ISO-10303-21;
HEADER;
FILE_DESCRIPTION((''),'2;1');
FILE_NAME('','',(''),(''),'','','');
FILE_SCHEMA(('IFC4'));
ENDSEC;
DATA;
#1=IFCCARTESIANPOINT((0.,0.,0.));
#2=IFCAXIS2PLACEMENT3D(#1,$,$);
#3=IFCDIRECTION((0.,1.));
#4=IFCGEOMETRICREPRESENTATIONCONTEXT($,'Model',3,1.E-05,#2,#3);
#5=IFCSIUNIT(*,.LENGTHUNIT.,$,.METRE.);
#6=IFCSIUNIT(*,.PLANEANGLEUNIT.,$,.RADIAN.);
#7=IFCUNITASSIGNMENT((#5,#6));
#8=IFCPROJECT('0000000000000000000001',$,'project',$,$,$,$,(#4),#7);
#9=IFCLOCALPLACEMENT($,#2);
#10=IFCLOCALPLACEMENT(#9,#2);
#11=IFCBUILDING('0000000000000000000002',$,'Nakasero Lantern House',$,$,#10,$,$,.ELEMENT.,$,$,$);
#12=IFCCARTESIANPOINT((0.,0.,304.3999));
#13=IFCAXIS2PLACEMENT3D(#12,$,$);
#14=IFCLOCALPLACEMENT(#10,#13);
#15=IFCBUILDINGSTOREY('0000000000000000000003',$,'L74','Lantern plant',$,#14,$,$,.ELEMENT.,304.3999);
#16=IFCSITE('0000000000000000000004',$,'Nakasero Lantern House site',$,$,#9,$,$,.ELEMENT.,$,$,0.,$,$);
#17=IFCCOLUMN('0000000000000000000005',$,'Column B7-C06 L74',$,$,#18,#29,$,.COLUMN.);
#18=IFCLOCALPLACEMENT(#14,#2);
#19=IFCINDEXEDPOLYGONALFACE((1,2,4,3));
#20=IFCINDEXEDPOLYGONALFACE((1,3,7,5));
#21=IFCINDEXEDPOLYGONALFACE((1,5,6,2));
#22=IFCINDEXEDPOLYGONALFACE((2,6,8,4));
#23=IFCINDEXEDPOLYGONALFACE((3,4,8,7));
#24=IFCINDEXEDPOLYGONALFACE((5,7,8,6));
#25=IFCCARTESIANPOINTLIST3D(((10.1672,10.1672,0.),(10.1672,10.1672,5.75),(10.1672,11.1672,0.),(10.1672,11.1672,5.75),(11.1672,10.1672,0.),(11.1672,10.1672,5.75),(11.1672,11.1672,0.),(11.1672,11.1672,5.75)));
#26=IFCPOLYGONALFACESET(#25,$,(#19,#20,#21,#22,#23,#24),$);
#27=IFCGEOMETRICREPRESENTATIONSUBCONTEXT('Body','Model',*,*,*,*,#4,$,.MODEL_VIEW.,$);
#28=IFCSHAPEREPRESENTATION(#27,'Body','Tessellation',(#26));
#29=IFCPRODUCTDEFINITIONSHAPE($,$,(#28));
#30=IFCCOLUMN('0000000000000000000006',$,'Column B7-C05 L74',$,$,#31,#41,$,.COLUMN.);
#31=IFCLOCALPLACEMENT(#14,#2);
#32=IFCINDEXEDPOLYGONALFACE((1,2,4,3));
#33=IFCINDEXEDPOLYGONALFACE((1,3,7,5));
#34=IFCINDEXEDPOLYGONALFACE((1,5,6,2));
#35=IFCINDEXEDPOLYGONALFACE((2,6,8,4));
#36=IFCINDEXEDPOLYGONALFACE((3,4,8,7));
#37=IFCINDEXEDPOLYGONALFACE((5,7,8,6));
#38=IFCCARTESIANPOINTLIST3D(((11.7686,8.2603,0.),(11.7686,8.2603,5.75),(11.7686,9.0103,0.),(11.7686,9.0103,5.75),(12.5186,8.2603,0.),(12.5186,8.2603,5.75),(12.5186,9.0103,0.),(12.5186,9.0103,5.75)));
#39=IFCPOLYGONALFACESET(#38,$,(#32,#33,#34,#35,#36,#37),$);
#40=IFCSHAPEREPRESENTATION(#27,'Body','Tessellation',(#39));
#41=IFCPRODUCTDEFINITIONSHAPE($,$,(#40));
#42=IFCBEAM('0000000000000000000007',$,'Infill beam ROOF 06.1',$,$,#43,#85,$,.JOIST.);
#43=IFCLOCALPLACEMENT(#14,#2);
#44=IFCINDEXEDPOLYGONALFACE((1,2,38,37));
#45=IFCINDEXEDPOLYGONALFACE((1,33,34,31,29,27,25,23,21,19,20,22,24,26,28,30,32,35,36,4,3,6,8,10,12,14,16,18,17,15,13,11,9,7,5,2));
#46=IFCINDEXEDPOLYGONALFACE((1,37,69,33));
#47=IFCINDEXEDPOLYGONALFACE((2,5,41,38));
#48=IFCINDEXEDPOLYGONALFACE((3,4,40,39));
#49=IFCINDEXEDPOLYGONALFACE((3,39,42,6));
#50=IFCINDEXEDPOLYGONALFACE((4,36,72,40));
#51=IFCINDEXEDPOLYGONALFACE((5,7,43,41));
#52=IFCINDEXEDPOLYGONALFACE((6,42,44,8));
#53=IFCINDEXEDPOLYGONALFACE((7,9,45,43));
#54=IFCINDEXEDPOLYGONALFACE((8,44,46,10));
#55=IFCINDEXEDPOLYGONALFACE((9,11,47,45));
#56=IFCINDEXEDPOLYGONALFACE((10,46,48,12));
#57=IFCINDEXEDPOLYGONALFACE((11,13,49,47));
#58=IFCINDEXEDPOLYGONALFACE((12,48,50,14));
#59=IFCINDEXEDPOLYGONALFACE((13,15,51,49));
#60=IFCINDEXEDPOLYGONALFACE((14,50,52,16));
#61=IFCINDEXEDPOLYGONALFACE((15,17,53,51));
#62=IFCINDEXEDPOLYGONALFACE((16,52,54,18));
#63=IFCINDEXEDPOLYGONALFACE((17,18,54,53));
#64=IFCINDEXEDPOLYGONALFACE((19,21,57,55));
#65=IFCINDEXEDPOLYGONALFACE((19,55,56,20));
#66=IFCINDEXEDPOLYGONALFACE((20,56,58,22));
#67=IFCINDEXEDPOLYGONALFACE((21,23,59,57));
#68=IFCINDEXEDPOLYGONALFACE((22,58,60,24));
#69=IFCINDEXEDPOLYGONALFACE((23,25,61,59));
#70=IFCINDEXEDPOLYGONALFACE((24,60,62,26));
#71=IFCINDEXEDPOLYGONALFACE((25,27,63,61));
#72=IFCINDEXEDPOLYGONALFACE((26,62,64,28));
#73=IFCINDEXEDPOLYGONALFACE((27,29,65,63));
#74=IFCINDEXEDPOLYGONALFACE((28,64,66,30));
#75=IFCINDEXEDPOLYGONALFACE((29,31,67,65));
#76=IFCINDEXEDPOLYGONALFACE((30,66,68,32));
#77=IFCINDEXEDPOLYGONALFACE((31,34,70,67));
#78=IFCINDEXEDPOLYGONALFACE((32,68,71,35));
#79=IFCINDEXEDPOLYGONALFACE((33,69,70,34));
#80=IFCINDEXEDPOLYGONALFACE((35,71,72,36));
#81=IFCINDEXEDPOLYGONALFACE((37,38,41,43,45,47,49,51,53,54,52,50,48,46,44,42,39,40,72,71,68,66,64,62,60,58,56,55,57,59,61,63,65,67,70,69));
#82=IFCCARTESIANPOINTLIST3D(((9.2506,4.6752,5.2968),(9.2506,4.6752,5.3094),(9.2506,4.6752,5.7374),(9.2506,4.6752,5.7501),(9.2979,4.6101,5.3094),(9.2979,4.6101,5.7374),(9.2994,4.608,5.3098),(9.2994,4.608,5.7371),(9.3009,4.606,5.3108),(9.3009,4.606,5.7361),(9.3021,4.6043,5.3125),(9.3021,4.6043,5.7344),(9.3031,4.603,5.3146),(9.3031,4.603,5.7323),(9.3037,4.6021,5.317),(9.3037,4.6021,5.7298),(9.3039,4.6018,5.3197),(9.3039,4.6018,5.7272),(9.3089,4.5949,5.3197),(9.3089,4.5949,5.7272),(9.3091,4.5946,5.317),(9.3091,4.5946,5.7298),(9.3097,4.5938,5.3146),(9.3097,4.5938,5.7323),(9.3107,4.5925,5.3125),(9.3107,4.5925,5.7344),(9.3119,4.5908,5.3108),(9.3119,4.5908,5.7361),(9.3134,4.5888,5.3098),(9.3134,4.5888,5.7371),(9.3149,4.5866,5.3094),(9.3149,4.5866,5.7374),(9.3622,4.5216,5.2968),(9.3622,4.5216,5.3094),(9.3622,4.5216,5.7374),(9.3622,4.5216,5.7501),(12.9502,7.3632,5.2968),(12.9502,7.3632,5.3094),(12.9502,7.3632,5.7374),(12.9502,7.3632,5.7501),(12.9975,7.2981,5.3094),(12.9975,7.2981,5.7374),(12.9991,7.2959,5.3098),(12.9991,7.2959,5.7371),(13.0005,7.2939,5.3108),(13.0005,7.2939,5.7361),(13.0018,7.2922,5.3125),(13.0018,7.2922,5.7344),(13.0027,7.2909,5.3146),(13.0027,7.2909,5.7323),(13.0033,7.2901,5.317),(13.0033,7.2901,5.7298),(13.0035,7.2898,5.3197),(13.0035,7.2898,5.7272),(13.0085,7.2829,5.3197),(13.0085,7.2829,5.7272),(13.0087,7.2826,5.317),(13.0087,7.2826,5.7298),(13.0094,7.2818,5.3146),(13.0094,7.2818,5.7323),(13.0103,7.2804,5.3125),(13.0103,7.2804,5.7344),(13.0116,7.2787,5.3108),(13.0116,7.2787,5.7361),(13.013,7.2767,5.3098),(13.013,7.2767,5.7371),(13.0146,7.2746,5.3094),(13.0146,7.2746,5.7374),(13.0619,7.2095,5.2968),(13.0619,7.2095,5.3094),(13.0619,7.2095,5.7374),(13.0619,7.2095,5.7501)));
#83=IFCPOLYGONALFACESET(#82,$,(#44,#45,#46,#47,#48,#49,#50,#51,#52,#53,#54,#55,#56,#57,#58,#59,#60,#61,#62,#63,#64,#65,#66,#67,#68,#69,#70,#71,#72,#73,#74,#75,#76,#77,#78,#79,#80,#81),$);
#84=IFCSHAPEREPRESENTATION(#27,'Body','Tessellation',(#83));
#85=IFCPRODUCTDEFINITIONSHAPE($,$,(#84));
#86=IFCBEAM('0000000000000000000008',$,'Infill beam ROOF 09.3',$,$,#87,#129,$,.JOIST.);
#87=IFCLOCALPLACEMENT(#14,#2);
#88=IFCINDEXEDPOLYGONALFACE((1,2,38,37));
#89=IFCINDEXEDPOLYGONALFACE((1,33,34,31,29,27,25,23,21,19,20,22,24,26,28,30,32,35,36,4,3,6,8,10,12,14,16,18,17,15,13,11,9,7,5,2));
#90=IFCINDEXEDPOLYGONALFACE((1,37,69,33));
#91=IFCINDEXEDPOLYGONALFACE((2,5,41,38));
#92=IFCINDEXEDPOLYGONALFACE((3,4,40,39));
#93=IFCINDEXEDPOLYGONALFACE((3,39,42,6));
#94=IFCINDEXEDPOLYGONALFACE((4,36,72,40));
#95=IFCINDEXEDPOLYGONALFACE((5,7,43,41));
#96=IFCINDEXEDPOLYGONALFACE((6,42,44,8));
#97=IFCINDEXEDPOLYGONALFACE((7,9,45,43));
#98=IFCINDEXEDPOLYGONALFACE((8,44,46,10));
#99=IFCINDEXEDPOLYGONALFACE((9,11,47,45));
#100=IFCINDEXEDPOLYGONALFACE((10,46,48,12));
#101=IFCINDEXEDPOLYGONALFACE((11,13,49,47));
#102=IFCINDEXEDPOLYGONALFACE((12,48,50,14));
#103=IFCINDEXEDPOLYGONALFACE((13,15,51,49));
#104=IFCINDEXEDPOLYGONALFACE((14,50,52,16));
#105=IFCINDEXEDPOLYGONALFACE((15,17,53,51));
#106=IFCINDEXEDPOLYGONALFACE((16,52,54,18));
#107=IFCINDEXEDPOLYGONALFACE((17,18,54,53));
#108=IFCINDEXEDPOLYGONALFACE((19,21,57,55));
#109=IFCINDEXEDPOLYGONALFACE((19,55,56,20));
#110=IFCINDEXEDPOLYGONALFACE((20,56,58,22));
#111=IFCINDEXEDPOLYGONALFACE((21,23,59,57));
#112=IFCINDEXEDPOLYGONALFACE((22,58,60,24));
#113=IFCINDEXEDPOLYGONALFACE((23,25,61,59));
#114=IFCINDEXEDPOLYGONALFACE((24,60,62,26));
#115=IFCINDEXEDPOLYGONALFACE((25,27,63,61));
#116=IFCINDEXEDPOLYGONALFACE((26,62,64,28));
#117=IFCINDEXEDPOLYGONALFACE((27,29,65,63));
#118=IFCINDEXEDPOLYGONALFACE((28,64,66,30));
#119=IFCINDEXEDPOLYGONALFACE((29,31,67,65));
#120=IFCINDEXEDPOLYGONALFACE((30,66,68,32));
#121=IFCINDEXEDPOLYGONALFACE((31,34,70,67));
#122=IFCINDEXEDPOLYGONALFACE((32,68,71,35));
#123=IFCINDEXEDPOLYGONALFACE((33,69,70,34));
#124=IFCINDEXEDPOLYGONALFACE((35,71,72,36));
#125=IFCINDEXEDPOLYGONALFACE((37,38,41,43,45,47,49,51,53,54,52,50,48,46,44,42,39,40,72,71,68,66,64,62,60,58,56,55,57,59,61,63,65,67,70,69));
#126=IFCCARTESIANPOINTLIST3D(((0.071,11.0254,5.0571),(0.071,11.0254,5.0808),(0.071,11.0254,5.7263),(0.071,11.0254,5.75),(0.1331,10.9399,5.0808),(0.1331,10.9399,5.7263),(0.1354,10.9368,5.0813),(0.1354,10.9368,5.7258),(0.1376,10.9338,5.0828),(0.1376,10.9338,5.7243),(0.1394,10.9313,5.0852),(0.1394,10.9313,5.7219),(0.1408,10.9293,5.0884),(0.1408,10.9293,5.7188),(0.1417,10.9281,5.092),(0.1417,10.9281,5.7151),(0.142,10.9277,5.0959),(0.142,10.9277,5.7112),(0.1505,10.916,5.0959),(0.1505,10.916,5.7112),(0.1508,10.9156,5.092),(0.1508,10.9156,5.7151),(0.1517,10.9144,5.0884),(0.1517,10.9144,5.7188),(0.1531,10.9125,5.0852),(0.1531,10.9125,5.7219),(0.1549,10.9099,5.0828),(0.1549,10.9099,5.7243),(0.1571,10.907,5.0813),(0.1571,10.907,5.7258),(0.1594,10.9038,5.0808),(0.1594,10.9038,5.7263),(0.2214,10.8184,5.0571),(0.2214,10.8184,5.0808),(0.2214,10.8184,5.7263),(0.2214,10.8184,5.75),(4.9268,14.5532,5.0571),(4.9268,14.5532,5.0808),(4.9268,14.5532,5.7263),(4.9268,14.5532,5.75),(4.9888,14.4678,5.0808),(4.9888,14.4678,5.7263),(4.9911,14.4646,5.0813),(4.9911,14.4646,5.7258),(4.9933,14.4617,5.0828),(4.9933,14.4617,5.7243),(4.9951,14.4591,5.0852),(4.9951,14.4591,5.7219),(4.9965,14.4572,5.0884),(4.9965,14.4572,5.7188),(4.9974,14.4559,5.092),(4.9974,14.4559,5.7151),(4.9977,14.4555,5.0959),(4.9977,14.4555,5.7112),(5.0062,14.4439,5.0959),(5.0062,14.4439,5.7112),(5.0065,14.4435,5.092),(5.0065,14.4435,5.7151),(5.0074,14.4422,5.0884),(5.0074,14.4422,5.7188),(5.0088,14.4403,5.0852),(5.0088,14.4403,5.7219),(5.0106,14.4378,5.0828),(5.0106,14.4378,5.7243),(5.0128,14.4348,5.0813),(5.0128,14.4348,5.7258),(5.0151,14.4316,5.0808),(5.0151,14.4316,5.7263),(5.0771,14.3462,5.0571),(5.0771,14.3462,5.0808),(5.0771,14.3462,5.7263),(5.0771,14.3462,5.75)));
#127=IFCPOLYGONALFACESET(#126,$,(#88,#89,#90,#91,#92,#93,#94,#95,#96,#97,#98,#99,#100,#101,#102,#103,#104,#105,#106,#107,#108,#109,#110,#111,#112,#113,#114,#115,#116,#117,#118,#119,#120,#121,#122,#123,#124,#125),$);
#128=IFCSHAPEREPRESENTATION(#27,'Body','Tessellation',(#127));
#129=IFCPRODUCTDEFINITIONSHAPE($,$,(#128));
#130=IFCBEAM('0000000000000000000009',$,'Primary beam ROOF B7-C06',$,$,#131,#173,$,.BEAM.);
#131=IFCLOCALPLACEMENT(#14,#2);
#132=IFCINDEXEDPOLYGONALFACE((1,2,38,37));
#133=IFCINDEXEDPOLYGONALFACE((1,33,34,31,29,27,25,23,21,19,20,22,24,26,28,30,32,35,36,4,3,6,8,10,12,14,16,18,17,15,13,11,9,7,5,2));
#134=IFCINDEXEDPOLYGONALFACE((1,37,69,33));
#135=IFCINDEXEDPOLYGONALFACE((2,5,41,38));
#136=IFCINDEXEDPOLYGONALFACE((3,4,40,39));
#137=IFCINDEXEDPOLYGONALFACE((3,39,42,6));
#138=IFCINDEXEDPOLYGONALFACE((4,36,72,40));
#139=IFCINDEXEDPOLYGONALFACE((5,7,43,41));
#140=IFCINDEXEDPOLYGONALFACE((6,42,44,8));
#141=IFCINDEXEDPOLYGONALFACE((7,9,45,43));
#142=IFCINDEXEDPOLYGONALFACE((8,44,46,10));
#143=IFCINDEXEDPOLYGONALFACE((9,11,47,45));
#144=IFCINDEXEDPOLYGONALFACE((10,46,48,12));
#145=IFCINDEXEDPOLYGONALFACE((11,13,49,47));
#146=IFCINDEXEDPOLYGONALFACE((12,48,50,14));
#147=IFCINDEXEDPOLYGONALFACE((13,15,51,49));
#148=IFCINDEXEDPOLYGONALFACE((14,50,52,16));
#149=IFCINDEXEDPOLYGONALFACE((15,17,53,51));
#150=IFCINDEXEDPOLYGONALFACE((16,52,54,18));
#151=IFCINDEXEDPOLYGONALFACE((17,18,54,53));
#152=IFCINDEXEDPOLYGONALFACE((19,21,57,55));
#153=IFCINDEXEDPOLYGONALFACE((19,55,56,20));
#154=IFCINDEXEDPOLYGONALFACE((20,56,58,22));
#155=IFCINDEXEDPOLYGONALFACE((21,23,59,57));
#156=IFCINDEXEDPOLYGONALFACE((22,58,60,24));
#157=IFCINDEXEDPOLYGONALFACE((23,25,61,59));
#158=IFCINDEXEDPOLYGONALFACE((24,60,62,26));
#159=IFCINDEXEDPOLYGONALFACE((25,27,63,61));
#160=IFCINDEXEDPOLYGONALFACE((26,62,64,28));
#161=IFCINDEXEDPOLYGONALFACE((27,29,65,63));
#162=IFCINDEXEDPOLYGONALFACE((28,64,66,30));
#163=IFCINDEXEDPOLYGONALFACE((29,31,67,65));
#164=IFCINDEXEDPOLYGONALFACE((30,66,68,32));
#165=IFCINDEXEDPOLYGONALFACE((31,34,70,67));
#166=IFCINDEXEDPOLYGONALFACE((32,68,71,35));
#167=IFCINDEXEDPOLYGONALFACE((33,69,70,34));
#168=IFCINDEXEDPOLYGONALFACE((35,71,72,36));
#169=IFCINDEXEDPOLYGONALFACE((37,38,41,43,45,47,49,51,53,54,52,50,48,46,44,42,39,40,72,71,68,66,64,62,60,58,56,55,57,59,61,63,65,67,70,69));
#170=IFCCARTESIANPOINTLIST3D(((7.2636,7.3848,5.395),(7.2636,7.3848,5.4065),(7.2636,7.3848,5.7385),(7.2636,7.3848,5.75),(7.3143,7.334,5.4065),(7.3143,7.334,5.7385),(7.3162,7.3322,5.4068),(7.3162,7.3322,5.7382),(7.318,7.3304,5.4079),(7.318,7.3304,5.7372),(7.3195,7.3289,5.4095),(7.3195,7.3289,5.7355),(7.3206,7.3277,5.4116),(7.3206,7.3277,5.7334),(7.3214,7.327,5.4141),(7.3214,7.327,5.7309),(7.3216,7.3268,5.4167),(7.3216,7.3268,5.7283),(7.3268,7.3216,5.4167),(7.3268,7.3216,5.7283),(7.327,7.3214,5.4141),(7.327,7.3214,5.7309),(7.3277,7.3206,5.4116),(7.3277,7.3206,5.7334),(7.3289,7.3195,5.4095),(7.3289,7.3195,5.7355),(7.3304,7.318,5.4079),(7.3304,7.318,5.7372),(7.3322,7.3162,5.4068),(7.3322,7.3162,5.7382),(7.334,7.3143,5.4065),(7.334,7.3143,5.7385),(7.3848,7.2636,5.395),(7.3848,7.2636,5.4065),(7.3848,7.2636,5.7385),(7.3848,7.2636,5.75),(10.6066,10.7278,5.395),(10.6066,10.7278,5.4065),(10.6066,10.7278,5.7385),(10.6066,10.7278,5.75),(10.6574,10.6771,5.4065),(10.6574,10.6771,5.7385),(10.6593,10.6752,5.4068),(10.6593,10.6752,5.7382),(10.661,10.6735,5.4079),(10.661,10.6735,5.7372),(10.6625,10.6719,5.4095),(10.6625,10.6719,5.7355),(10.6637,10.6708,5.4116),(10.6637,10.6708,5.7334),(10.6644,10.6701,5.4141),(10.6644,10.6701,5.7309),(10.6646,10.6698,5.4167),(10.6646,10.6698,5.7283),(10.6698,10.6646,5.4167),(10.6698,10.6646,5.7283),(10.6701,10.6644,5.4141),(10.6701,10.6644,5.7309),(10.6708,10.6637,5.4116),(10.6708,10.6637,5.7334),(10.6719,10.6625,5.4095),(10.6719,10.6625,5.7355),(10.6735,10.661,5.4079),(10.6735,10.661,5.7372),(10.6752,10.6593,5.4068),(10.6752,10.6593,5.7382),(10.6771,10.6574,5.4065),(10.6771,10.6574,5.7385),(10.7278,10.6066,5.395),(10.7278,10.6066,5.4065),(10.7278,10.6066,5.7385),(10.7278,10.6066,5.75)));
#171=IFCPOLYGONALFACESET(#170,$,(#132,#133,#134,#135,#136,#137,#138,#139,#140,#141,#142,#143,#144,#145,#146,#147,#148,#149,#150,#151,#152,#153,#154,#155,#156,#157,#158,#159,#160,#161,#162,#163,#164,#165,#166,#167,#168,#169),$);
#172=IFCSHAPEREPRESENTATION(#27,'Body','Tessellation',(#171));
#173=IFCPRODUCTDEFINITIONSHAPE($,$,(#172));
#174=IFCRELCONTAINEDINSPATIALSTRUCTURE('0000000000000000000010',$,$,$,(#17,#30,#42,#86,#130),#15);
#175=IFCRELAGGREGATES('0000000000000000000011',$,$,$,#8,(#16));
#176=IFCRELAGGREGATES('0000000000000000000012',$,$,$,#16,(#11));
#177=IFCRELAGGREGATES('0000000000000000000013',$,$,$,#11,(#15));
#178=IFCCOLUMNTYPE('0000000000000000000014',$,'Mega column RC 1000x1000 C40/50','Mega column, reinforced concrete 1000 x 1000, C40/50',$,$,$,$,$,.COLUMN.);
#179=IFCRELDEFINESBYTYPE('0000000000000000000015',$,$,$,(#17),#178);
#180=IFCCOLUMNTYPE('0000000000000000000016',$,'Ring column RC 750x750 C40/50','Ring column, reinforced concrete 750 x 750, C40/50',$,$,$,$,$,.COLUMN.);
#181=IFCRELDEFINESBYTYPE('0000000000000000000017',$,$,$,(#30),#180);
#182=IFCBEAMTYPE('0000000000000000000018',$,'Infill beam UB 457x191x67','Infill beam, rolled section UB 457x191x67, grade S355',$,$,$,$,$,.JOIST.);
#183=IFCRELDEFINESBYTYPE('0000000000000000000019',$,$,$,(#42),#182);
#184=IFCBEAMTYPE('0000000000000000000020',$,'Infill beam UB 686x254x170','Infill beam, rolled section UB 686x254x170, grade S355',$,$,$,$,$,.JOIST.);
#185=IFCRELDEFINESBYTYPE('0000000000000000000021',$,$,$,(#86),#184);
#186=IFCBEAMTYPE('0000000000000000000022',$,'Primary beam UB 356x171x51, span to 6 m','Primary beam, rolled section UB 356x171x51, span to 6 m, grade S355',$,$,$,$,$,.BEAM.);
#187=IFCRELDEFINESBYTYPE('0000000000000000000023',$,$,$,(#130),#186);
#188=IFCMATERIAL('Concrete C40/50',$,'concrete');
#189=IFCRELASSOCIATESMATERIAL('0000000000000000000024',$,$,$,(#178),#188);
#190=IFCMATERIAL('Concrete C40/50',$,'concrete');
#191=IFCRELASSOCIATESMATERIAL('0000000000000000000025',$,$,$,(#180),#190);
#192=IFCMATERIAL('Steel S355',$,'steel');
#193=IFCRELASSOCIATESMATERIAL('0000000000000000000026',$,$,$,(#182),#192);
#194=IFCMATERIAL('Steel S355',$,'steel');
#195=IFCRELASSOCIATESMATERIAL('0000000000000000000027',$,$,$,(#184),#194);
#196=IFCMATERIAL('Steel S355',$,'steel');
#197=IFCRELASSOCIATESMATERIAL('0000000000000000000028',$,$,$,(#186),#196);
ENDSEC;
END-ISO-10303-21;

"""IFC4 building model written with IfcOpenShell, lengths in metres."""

from ifc_helpers import new_model, si_unit, direction, frame, origin, origin_2d, place, context, subcontext, project, spatial, rectangle, i_section, extrude, material, material_profile, profile_set, type_object, element, save


model = new_model("IFC4")

# Units and contexts
model_context = context("Model", 3, precision=1e-05, world=origin(), true_north=direction((0.0, 1.0)))
body_context = subcontext(model_context, "Body", "Model", "MODEL_VIEW")
ifc_project = project(units=[si_unit("LENGTHUNIT", "METRE"), si_unit("PLANEANGLEUNIT", "RADIAN")], contexts=[model_context])

# Site, building, storey
site_placement = place(None, origin())
site = spatial("IfcSite", under=ifc_project, at=site_placement, Name="Nakasero Lantern House site", CompositionType="ELEMENT", RefElevation=0.0)
building_placement = place(site_placement, origin())
building = spatial("IfcBuilding", under=site, at=building_placement, Name="Nakasero Lantern House", CompositionType="ELEMENT")
storey_placement = place(building_placement, frame((0.0, 0.0, 304.3999)))
storey = spatial("IfcBuildingStorey", under=building, at=storey_placement, Name="L74", Description="Lantern plant", CompositionType="ELEMENT", Elevation=304.3999)

# Columns
ifc_material_1 = material(Name="Concrete C40/50", Category="concrete")
ifc_material_profile_1 = material_profile(ifc_material_1, rectangle(XDim=1.0, YDim=1.0, at=origin_2d()), Name="RC 1000x1000")
ifc_profile_set_1 = profile_set([ifc_material_profile_1], Name="Concrete C40/50")
column_type_1 = type_object("IfcColumnType", Name="Mega column RC 1000x1000 C40/50", Description="Mega column, reinforced concrete 1000 x 1000, C40/50", PredefinedType="COLUMN", material=ifc_profile_set_1)
column_1_placement = place(storey_placement, frame((10.6672, 10.6672, 0.0), z_axis=(0.0, 0.0, 1.0), x_axis=(1.0, 0.0, 0.0)))
element("IfcColumn", 1, at=column_1_placement, inside=storey, type_object=column_type_1, Name="Column B7-C06 L74", PredefinedType="COLUMN", context=body_context, shape_type="SweptSolid", body=[
    extrude(rectangle(XDim=1.0, YDim=1.0, at=origin_2d()), origin(), (0.0, 0.0, 1.0), 5.75),
])
ifc_material_2 = material(Name="Concrete C40/50", Category="concrete")
ifc_material_profile_2 = material_profile(ifc_material_2, rectangle(XDim=0.75, YDim=0.75, at=origin_2d()), Name="RC 750x750")
ifc_profile_set_2 = profile_set([ifc_material_profile_2], Name="Concrete C40/50")
column_type_2 = type_object("IfcColumnType", Name="Ring column RC 750x750 C40/50", Description="Ring column, reinforced concrete 750 x 750, C40/50", PredefinedType="COLUMN", material=ifc_profile_set_2)
column_2_placement = place(storey_placement, frame((12.1436, 8.6353, 0.0), z_axis=(0.0, 0.0, 1.0), x_axis=(1.0, 0.0, 0.0)))
element("IfcColumn", 2, at=column_2_placement, inside=storey, type_object=column_type_2, Name="Column B7-C05 L74", PredefinedType="COLUMN", context=body_context, shape_type="SweptSolid", body=[
    extrude(rectangle(XDim=0.75, YDim=0.75, at=origin_2d()), origin(), (0.0, 0.0, 1.0), 5.75),
])

# Beams
ifc_material_3 = material(Name="Steel S355", Category="steel")
ifc_material_profile_3 = material_profile(ifc_material_3, i_section(OverallWidth=0.1899, OverallDepth=0.4534, WebThickness=0.0085, FlangeThickness=0.0127, FilletRadius=0.0103, at=origin_2d()), Name="UB 457x191x67")
ifc_profile_set_3 = profile_set([ifc_material_profile_3], Name="Steel S355")
beam_type_1 = type_object("IfcBeamType", Name="Infill beam UB 457x191x67", Description="Infill beam, rolled section UB 457x191x67, grade S355", PredefinedType="JOIST", material=ifc_profile_set_3)
beam_1_placement = place(storey_placement, frame((9.3064, 4.5984, 5.5234), z_axis=(0.809018, 0.587784, 0.0), x_axis=(-0.587784, 0.809018, 0.0)))
element("IfcBeam", 3, at=beam_1_placement, inside=storey, type_object=beam_type_1, Name="Infill beam ROOF 06.1", PredefinedType="JOIST", context=body_context, shape_type="SweptSolid", body=[
    extrude(i_section(OverallWidth=0.1899, OverallDepth=0.4534, WebThickness=0.0085, FlangeThickness=0.0127, FilletRadius=0.0103, at=origin_2d()), origin(), (0.0, 0.0, 1.0), 4.573),
])
ifc_material_4 = material(Name="Steel S355", Category="steel")
ifc_material_profile_4 = material_profile(ifc_material_4, i_section(OverallWidth=0.2559, OverallDepth=0.6929, WebThickness=0.0144, FlangeThickness=0.0237, FilletRadius=0.0151, at=origin_2d()), Name="UB 686x254x170")
ifc_profile_set_4 = profile_set([ifc_material_profile_4], Name="Steel S355")
beam_type_2 = type_object("IfcBeamType", Name="Infill beam UB 686x254x170", Description="Infill beam, rolled section UB 686x254x170, grade S355", PredefinedType="JOIST", material=ifc_profile_set_4)
beam_2_placement = place(storey_placement, frame((0.1462, 10.9219, 5.4036), z_axis=(0.809021, 0.58778, 0.0), x_axis=(-0.58778, 0.809021, 0.0)))
element("IfcBeam", 4, at=beam_2_placement, inside=storey, type_object=beam_type_2, Name="Infill beam ROOF 09.3", PredefinedType="JOIST", context=body_context, shape_type="SweptSolid", body=[
    extrude(i_section(OverallWidth=0.2559, OverallDepth=0.6929, WebThickness=0.0144, FlangeThickness=0.0237, FilletRadius=0.0151, at=origin_2d()), origin(), (0.0, 0.0, 1.0), 6.002),
])
ifc_material_5 = material(Name="Steel S355", Category="steel")
ifc_material_profile_5 = material_profile(ifc_material_5, i_section(OverallWidth=0.1714, OverallDepth=0.355, WebThickness=0.0073, FlangeThickness=0.0115, FilletRadius=0.0103, at=origin_2d()), Name="UB 356x171x51")
ifc_profile_set_5 = profile_set([ifc_material_profile_5], Name="Steel S355")
beam_type_3 = type_object("IfcBeamType", Name="Primary beam UB 356x171x51, span to 6 m", Description="Primary beam, rolled section UB 356x171x51, span to 6 m, grade S355", PredefinedType="BEAM", material=ifc_profile_set_5)
beam_3_placement = place(storey_placement, frame((10.6672, 10.6672, 5.5725), z_axis=(-0.707107, -0.707107, 0.0), x_axis=(0.707107, -0.707107, 0.0)))
element("IfcBeam", 5, at=beam_3_placement, inside=storey, type_object=beam_type_3, Name="Primary beam ROOF B7-C06", PredefinedType="BEAM", context=body_context, shape_type="SweptSolid", body=[
    extrude(i_section(OverallWidth=0.1714, OverallDepth=0.355, WebThickness=0.0073, FlangeThickness=0.0115, FilletRadius=0.0103, at=origin_2d()), origin(), (0.0, 0.0, 1.0), 4.7278),
])

save(model, "model.ifc")
